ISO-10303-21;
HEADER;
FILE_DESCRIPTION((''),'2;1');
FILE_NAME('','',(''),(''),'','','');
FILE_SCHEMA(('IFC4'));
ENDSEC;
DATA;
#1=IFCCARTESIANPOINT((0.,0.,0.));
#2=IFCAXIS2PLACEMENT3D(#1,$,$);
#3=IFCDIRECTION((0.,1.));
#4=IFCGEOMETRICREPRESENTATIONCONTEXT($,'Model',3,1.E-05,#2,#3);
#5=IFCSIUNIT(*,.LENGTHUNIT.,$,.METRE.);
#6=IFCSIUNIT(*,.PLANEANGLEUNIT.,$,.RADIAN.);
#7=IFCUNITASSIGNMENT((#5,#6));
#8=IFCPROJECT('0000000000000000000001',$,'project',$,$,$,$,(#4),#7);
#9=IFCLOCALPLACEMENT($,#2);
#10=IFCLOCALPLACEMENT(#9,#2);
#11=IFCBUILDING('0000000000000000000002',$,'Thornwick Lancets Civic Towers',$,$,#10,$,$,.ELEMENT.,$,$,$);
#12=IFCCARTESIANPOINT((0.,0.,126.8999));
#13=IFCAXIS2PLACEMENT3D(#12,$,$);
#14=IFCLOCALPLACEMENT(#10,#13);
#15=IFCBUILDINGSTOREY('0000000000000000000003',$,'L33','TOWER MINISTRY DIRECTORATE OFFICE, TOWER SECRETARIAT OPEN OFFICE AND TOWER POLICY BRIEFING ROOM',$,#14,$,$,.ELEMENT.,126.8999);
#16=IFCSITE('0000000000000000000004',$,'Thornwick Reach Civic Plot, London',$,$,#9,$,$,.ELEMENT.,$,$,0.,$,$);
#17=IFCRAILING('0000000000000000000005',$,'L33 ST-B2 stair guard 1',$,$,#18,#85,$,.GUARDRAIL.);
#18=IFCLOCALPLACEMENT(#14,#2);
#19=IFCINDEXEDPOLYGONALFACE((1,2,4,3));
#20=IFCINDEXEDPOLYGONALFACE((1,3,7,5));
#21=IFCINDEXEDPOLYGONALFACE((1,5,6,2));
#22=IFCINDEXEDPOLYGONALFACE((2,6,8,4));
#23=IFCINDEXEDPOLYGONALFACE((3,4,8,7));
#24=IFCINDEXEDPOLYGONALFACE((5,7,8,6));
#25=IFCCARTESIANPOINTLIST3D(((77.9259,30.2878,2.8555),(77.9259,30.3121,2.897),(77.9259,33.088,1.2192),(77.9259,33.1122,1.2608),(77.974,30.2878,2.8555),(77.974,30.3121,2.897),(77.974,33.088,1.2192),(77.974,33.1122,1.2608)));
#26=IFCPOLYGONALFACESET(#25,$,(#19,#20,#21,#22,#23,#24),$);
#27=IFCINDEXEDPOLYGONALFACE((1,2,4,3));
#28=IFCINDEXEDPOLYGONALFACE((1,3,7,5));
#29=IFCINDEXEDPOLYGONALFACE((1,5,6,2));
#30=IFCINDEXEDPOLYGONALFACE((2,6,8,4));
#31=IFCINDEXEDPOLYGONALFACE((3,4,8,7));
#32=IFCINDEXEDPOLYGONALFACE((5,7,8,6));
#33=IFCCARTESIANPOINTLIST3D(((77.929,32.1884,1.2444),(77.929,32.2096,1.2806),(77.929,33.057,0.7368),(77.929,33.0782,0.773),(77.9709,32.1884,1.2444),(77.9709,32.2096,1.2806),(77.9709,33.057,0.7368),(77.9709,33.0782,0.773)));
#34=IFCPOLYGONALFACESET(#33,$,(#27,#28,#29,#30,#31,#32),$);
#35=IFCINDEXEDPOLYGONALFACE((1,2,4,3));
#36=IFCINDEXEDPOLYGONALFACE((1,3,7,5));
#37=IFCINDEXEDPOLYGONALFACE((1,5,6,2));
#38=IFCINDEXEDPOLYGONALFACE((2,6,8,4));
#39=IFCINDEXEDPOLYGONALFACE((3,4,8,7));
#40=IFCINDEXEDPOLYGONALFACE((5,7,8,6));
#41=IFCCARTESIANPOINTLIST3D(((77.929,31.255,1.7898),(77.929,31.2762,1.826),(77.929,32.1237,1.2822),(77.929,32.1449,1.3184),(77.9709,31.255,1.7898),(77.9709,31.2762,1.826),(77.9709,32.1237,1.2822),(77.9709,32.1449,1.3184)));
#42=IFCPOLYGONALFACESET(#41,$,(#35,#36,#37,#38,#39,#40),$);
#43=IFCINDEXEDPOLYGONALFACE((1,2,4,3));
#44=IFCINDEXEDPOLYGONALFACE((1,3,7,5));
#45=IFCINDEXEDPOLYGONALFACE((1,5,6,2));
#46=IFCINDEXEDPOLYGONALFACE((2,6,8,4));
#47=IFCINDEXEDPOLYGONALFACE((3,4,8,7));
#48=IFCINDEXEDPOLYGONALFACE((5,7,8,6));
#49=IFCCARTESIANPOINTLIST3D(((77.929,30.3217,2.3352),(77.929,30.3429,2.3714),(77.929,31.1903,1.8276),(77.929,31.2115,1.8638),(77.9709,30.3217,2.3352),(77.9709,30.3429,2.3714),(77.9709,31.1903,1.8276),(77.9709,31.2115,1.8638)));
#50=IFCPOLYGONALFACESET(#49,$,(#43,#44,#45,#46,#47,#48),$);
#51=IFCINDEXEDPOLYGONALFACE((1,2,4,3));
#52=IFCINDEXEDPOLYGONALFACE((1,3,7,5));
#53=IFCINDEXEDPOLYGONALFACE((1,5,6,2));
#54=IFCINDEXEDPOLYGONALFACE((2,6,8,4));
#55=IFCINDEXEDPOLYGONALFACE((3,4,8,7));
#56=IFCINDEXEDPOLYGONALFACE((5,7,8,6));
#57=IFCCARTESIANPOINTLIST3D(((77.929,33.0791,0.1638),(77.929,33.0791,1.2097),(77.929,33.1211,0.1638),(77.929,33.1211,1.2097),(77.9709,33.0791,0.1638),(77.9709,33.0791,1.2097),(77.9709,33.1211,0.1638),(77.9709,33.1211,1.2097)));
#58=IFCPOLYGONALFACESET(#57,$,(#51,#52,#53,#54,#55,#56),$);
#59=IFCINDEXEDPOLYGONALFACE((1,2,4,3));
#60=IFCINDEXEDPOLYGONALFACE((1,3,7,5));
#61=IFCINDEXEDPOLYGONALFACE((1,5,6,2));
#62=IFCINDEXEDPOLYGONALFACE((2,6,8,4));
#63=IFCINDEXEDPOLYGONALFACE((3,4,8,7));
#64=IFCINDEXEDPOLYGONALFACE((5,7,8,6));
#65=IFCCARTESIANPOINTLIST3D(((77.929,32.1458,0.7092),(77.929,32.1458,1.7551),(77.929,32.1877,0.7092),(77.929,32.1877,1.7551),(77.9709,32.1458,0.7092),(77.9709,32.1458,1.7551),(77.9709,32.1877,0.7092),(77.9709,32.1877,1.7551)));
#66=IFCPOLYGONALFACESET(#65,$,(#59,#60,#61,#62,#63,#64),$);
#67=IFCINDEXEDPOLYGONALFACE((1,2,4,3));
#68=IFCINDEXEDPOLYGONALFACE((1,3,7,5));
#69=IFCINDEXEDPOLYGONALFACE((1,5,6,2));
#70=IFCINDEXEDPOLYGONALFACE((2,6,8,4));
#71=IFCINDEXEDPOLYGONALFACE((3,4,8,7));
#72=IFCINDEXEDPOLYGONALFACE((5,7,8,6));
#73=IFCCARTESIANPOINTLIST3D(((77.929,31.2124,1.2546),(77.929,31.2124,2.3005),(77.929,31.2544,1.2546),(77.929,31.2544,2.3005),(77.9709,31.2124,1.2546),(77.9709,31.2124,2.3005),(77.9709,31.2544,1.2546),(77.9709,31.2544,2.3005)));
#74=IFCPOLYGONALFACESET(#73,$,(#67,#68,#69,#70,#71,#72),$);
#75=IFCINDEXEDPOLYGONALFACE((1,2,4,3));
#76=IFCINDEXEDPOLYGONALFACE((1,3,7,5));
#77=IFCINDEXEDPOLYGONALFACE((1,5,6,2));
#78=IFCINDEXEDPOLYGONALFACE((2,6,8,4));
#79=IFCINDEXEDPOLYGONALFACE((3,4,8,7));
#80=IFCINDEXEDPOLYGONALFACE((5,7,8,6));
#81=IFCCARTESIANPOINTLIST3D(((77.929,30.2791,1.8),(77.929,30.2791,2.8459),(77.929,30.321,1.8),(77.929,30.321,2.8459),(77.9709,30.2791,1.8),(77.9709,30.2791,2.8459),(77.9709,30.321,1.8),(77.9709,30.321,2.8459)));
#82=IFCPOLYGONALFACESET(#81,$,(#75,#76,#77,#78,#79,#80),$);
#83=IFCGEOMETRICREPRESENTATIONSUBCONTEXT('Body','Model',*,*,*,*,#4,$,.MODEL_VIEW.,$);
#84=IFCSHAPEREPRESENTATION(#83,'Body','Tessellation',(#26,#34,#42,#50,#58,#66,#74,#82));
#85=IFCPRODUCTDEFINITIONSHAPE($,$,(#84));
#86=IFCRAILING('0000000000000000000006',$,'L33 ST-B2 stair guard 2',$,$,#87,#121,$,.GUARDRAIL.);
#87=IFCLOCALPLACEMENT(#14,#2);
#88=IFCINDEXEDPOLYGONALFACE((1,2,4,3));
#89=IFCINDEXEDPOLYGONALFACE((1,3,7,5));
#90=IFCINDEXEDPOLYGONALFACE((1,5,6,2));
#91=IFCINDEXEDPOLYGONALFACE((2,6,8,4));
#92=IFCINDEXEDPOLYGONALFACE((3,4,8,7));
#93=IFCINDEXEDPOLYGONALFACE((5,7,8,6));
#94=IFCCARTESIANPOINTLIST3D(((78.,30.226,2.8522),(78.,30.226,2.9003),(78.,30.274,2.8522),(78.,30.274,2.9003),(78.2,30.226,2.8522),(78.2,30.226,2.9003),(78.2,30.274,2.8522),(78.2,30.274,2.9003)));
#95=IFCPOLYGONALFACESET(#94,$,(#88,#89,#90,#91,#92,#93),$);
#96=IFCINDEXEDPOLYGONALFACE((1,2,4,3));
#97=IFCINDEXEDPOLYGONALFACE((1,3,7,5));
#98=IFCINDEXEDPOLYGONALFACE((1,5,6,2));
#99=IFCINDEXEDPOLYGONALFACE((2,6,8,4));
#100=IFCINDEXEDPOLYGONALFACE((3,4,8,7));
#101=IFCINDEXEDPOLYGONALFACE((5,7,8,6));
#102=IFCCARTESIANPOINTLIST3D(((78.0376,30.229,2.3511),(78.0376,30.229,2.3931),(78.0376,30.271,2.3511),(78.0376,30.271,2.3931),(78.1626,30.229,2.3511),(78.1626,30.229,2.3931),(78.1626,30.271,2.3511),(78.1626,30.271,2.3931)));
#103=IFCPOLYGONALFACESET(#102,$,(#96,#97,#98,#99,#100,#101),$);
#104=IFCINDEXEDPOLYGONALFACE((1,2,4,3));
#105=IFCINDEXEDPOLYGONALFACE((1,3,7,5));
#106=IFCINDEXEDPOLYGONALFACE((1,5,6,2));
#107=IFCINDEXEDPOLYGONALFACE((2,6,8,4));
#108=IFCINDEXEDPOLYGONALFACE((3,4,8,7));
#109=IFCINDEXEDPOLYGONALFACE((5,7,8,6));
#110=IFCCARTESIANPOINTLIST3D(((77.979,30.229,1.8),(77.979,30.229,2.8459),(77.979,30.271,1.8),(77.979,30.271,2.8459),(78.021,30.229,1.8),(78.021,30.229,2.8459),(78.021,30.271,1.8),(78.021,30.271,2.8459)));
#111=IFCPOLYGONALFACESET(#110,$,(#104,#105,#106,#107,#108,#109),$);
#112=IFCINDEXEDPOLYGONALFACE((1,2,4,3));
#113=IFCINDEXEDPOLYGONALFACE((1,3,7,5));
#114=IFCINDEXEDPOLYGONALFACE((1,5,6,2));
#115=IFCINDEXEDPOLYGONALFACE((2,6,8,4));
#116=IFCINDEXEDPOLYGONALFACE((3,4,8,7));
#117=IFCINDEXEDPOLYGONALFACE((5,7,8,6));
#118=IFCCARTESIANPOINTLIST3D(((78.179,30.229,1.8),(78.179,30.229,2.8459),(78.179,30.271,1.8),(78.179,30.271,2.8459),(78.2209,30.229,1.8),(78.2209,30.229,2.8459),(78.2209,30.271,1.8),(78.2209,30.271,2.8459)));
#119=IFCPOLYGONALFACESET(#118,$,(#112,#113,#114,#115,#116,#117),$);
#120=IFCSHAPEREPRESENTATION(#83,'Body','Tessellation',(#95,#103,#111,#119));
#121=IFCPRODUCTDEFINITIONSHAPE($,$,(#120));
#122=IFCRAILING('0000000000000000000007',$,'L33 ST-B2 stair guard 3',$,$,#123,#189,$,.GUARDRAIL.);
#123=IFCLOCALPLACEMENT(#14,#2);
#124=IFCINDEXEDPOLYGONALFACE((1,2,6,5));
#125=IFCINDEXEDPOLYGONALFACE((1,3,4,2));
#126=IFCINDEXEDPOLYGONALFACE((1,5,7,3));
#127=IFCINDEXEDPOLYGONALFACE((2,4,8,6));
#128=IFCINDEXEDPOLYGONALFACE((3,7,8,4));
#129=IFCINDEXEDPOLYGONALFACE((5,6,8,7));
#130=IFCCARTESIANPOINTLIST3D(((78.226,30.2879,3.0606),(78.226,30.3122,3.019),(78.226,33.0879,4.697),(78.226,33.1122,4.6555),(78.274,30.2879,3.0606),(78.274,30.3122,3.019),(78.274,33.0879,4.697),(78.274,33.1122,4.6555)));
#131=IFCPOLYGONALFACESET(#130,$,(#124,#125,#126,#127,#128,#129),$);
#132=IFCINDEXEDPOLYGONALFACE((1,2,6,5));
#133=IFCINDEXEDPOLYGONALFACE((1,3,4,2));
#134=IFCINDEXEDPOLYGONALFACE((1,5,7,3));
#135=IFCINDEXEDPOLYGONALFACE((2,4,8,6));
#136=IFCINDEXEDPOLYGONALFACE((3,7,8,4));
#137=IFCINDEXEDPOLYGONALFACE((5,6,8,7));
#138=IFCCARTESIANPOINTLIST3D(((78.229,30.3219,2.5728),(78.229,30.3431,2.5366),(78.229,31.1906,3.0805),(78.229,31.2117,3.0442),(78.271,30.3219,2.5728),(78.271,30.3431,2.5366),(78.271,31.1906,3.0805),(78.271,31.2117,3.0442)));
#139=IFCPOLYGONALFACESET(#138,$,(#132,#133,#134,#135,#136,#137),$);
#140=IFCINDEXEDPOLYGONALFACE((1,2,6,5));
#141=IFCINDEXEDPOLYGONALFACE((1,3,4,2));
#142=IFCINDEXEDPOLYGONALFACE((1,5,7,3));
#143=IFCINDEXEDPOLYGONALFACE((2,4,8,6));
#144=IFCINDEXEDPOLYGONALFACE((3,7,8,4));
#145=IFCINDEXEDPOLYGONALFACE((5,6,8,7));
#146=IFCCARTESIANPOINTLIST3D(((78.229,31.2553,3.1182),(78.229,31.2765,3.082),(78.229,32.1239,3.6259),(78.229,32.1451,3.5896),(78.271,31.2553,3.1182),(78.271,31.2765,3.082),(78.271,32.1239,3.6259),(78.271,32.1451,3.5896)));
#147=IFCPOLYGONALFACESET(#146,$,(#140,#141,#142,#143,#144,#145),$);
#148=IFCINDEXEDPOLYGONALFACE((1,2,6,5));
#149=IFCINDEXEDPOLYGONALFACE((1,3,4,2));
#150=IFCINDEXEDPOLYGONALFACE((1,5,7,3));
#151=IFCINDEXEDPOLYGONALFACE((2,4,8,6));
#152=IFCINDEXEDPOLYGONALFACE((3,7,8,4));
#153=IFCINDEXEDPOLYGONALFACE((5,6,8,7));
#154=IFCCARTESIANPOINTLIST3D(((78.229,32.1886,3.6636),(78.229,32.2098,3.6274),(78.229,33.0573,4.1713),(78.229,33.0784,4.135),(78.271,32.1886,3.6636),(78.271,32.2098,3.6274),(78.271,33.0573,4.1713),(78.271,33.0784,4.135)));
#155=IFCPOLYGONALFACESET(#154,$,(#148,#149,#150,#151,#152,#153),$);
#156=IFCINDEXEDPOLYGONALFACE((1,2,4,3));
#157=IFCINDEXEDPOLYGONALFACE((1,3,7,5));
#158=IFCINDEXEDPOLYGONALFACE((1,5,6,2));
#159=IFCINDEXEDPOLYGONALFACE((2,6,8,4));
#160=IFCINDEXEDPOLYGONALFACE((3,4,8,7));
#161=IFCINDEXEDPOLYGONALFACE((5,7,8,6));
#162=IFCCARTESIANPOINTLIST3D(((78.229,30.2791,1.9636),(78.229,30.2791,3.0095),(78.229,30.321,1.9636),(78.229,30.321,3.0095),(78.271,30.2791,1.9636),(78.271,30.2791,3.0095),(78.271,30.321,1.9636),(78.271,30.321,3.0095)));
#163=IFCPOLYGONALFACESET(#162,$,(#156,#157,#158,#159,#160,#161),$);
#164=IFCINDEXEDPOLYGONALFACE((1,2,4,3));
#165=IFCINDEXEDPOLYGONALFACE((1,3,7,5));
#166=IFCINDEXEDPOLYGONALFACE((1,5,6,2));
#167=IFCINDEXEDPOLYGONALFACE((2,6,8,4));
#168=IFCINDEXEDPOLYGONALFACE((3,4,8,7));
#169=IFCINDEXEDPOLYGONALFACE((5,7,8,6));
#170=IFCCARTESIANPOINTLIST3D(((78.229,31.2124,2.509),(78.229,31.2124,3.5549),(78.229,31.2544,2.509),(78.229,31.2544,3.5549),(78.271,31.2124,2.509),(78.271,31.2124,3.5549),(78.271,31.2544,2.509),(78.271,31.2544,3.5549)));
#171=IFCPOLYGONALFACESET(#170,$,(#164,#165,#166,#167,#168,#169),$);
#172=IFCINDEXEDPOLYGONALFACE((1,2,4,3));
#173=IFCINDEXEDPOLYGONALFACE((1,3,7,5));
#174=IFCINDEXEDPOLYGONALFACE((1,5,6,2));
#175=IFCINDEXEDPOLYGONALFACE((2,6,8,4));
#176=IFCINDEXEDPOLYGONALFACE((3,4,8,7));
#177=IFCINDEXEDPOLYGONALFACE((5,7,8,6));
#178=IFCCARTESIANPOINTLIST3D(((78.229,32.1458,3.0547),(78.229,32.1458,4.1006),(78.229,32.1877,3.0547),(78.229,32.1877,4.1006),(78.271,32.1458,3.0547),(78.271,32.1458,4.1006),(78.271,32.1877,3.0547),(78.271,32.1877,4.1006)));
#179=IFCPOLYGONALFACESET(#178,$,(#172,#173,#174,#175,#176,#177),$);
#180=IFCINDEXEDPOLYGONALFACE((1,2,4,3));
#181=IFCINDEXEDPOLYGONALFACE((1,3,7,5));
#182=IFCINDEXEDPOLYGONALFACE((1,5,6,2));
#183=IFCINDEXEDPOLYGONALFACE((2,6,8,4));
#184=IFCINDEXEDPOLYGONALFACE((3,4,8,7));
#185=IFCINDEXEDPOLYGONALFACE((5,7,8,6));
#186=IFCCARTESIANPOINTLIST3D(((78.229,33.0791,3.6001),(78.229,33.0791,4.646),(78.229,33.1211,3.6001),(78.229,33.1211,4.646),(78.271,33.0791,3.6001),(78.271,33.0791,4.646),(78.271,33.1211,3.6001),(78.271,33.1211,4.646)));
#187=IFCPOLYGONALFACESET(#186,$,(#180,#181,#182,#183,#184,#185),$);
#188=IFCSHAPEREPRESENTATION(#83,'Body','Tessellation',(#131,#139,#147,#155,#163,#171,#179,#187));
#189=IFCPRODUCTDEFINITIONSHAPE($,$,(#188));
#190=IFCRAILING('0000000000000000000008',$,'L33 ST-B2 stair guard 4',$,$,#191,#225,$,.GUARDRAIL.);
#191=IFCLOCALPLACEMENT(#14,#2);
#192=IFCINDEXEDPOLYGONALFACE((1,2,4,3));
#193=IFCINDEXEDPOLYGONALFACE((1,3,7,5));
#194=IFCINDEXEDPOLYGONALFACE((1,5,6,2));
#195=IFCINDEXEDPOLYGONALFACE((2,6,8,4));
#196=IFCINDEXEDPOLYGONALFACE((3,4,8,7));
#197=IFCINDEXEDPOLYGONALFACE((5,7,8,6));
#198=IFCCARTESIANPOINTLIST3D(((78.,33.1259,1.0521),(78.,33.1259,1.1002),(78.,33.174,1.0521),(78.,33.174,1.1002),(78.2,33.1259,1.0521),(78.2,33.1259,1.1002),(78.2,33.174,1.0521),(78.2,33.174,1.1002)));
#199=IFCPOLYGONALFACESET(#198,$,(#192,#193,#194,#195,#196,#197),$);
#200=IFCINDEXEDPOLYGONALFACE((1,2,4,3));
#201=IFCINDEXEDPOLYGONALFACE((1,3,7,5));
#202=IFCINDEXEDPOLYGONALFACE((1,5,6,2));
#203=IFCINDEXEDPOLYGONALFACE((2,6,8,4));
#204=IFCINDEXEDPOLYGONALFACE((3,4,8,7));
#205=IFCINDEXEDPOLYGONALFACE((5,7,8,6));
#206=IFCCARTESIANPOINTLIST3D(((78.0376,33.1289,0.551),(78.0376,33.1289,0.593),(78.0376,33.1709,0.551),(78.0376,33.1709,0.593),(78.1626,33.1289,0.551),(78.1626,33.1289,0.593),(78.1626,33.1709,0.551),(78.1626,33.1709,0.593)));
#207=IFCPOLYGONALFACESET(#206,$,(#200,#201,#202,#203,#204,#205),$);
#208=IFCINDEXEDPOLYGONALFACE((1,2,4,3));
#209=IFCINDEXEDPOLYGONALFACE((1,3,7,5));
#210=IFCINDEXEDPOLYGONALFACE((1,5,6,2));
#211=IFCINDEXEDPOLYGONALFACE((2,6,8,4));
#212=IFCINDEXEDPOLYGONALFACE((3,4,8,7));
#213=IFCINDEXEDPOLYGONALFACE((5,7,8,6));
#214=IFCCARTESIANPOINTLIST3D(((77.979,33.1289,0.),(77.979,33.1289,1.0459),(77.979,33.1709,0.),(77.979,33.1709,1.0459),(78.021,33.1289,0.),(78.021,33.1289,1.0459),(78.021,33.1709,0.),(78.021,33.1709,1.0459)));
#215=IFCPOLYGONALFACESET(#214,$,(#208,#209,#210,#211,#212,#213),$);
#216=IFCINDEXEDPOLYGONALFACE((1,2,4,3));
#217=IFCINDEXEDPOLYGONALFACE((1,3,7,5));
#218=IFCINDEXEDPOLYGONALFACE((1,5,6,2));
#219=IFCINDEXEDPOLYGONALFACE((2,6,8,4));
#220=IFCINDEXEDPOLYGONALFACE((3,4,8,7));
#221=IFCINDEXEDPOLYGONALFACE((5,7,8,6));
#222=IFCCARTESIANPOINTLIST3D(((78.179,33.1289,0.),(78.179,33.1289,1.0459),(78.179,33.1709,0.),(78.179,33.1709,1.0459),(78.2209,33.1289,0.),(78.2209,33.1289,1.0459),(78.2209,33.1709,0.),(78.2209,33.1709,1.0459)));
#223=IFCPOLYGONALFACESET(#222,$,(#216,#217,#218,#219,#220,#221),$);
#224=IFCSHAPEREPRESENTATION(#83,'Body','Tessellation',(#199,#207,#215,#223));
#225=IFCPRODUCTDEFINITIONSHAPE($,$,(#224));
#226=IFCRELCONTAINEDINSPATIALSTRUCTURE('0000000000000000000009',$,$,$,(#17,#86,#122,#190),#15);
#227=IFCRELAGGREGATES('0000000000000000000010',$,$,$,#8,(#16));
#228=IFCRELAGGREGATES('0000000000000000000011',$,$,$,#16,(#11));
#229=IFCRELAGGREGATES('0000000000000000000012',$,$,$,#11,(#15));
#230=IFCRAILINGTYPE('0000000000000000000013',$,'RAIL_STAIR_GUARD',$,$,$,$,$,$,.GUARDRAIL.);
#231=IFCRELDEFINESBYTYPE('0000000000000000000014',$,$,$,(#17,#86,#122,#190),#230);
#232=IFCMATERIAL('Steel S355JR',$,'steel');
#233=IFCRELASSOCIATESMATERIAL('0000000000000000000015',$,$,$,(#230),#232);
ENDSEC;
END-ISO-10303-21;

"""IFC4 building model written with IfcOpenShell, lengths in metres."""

from ifc_helpers import new_model, si_unit, direction, frame, origin, origin_2d, place, context, subcontext, project, spatial, rectangle, extrude, material, type_object, element, save


model = new_model("IFC4")

# Units and contexts
model_context = context("Model", 3, precision=1e-05, world=origin(), true_north=direction((0.0, 1.0)))
body_context = subcontext(model_context, "Body", "Model", "MODEL_VIEW")
ifc_project = project(units=[si_unit("LENGTHUNIT", "METRE"), si_unit("PLANEANGLEUNIT", "RADIAN")], contexts=[model_context])

# Site, building, storey
site_placement = place(None, origin())
site = spatial("IfcSite", under=ifc_project, at=site_placement, Name="Thornwick Reach Civic Plot, London", CompositionType="ELEMENT", RefElevation=0.0)
building_placement = place(site_placement, origin())
building = spatial("IfcBuilding", under=site, at=building_placement, Name="Thornwick Lancets Civic Towers", CompositionType="ELEMENT")
storey_placement = place(building_placement, frame((0.0, 0.0, 126.8999)))
storey = spatial("IfcBuildingStorey", under=building, at=storey_placement, Name="L33", Description="TOWER MINISTRY DIRECTORATE OFFICE, TOWER SECRETARIAT OPEN OFFICE AND TOWER POLICY BRIEFING ROOM", CompositionType="ELEMENT", Elevation=126.8999)

# Shared definitions
ifc_material_1 = material(Name="Steel S355JR", Category="steel")

# Railings
railing_type_1 = type_object("IfcRailingType", Name="RAIL_STAIR_GUARD", PredefinedType="GUARDRAIL", material=ifc_material_1)
railing_1_placement = place(storey_placement, frame((77.95, 33.1001, 0.1638)))
element("IfcRailing", 1, at=railing_1_placement, inside=storey, type_object=railing_type_1, Name="L33 ST-B2 stair guard 1", PredefinedType="GUARDRAIL", context=body_context, shape_type="SweptSolid", body=[
    extrude(rectangle(XDim=0.0481, YDim=0.0481, at=origin_2d()), frame((0.0, 0.0, 1.0762), z_axis=(0.0, -0.863394, 0.504531), x_axis=(1.0, 0.0, 0.0)), (0.0, 0.0, 1.0), 3.2432),
    extrude(rectangle(XDim=0.042, YDim=0.042, at=origin_2d()), frame((0.0, -0.0325, 0.5911), z_axis=(0.0, -0.863394, 0.504531), x_axis=(1.0, 0.0, 0.0)), (0.0, 0.0, 1.0), 1.0061),
    extrude(rectangle(XDim=0.042, YDim=0.042, at=origin_2d()), frame((0.0, -0.9658, 1.1365), z_axis=(0.0, -0.863394, 0.504531), x_axis=(1.0, 0.0, 0.0)), (0.0, 0.0, 1.0), 1.0061),
    extrude(rectangle(XDim=0.042, YDim=0.042, at=origin_2d()), frame((0.0, -1.8992, 1.6819), z_axis=(0.0, -0.863394, 0.504531), x_axis=(1.0, 0.0, 0.0)), (0.0, 0.0, 1.0), 1.0061),
    extrude(rectangle(XDim=0.042, YDim=0.042, at=origin_2d()), origin(), (0.0, 0.0, 1.0), 1.0459),
    extrude(rectangle(XDim=0.042, YDim=0.042, at=origin_2d()), frame((0.0, -0.9333, 0.5454)), (0.0, 0.0, 1.0), 1.0459),
    extrude(rectangle(XDim=0.042, YDim=0.042, at=origin_2d()), frame((0.0, -1.8667, 1.0908)), (0.0, 0.0, 1.0), 1.0459),
    extrude(rectangle(XDim=0.042, YDim=0.042, at=origin_2d()), frame((0.0, -2.8, 1.6362)), (0.0, 0.0, 1.0), 1.0459),
])
railing_2_placement = place(storey_placement, frame((78.0, 30.25, 1.8)))
element("IfcRailing", 2, at=railing_2_placement, inside=storey, type_object=railing_type_1, Name="L33 ST-B2 stair guard 2", PredefinedType="GUARDRAIL", context=body_context, shape_type="SweptSolid", body=[
    extrude(rectangle(XDim=0.0481, YDim=0.0481, at=origin_2d()), frame((0.0, 0.0, 1.0762), z_axis=(1.0, 0.0, 0.0), x_axis=(0.0, 1.0, 0.0)), (0.0, 0.0, 1.0), 0.2),
    extrude(rectangle(XDim=0.042, YDim=0.042, at=origin_2d()), frame((0.0376, 0.0, 0.572), z_axis=(1.0, 0.0, 0.0), x_axis=(0.0, 1.0, 0.0)), (0.0, 0.0, 1.0), 0.125),
    extrude(rectangle(XDim=0.042, YDim=0.042, at=origin_2d()), origin(), (0.0, 0.0, 1.0), 1.0459),
    extrude(rectangle(XDim=0.042, YDim=0.042, at=origin_2d()), frame((0.2, 0.0, 0.0)), (0.0, 0.0, 1.0), 1.0459),
])
railing_3_placement = place(storey_placement, frame((78.25, 30.3, 1.9636)))
element("IfcRailing", 3, at=railing_3_placement, inside=storey, type_object=railing_type_1, Name="L33 ST-B2 stair guard 3", PredefinedType="GUARDRAIL", context=body_context, shape_type="SweptSolid", body=[
    extrude(rectangle(XDim=0.0481, YDim=0.0481, at=origin_2d()), frame((0.0, 0.0, 1.0762), z_axis=(0.0, 0.863361, 0.504587), x_axis=(-1.0, 0.0, 0.0)), (0.0, 0.0, 1.0), 3.2432),
    extrude(rectangle(XDim=0.042, YDim=0.042, at=origin_2d()), frame((0.0, 0.0325, 0.5911), z_axis=(0.0, 0.863361, 0.504587), x_axis=(-1.0, 0.0, 0.0)), (0.0, 0.0, 1.0), 1.0061),
    extrude(rectangle(XDim=0.042, YDim=0.042, at=origin_2d()), frame((0.0, 0.9658, 1.1365), z_axis=(0.0, 0.863361, 0.504587), x_axis=(-1.0, 0.0, 0.0)), (0.0, 0.0, 1.0), 1.0061),
    extrude(rectangle(XDim=0.042, YDim=0.042, at=origin_2d()), frame((0.0, 1.8992, 1.6819), z_axis=(0.0, 0.863361, 0.504587), x_axis=(-1.0, 0.0, 0.0)), (0.0, 0.0, 1.0), 1.0061),
    extrude(rectangle(XDim=0.042, YDim=0.042, at=origin_2d()), origin(), (0.0, 0.0, 1.0), 1.0459),
    extrude(rectangle(XDim=0.042, YDim=0.042, at=origin_2d()), frame((0.0, 0.9333, 0.5454)), (0.0, 0.0, 1.0), 1.0459),
    extrude(rectangle(XDim=0.042, YDim=0.042, at=origin_2d()), frame((0.0, 1.8667, 1.0911)), (0.0, 0.0, 1.0), 1.0459),
    extrude(rectangle(XDim=0.042, YDim=0.042, at=origin_2d()), frame((0.0, 2.8, 1.6365)), (0.0, 0.0, 1.0), 1.0459),
])
railing_4_placement = place(storey_placement, frame((78.0, 33.1499, 0.0)))
element("IfcRailing", 4, at=railing_4_placement, inside=storey, type_object=railing_type_1, Name="L33 ST-B2 stair guard 4", PredefinedType="GUARDRAIL", context=body_context, shape_type="SweptSolid", body=[
    extrude(rectangle(XDim=0.0481, YDim=0.0481, at=origin_2d()), frame((0.0, 0.0, 1.0762), z_axis=(1.0, 0.0, 0.0), x_axis=(0.0, 1.0, 0.0)), (0.0, 0.0, 1.0), 0.2),
    extrude(rectangle(XDim=0.042, YDim=0.042, at=origin_2d()), frame((0.0376, 0.0, 0.572), z_axis=(1.0, 0.0, 0.0), x_axis=(0.0, 1.0, 0.0)), (0.0, 0.0, 1.0), 0.125),
    extrude(rectangle(XDim=0.042, YDim=0.042, at=origin_2d()), origin(), (0.0, 0.0, 1.0), 1.0459),
    extrude(rectangle(XDim=0.042, YDim=0.042, at=origin_2d()), frame((0.2, 0.0, 0.0)), (0.0, 0.0, 1.0), 1.0459),
])

save(model, "model.ifc")
